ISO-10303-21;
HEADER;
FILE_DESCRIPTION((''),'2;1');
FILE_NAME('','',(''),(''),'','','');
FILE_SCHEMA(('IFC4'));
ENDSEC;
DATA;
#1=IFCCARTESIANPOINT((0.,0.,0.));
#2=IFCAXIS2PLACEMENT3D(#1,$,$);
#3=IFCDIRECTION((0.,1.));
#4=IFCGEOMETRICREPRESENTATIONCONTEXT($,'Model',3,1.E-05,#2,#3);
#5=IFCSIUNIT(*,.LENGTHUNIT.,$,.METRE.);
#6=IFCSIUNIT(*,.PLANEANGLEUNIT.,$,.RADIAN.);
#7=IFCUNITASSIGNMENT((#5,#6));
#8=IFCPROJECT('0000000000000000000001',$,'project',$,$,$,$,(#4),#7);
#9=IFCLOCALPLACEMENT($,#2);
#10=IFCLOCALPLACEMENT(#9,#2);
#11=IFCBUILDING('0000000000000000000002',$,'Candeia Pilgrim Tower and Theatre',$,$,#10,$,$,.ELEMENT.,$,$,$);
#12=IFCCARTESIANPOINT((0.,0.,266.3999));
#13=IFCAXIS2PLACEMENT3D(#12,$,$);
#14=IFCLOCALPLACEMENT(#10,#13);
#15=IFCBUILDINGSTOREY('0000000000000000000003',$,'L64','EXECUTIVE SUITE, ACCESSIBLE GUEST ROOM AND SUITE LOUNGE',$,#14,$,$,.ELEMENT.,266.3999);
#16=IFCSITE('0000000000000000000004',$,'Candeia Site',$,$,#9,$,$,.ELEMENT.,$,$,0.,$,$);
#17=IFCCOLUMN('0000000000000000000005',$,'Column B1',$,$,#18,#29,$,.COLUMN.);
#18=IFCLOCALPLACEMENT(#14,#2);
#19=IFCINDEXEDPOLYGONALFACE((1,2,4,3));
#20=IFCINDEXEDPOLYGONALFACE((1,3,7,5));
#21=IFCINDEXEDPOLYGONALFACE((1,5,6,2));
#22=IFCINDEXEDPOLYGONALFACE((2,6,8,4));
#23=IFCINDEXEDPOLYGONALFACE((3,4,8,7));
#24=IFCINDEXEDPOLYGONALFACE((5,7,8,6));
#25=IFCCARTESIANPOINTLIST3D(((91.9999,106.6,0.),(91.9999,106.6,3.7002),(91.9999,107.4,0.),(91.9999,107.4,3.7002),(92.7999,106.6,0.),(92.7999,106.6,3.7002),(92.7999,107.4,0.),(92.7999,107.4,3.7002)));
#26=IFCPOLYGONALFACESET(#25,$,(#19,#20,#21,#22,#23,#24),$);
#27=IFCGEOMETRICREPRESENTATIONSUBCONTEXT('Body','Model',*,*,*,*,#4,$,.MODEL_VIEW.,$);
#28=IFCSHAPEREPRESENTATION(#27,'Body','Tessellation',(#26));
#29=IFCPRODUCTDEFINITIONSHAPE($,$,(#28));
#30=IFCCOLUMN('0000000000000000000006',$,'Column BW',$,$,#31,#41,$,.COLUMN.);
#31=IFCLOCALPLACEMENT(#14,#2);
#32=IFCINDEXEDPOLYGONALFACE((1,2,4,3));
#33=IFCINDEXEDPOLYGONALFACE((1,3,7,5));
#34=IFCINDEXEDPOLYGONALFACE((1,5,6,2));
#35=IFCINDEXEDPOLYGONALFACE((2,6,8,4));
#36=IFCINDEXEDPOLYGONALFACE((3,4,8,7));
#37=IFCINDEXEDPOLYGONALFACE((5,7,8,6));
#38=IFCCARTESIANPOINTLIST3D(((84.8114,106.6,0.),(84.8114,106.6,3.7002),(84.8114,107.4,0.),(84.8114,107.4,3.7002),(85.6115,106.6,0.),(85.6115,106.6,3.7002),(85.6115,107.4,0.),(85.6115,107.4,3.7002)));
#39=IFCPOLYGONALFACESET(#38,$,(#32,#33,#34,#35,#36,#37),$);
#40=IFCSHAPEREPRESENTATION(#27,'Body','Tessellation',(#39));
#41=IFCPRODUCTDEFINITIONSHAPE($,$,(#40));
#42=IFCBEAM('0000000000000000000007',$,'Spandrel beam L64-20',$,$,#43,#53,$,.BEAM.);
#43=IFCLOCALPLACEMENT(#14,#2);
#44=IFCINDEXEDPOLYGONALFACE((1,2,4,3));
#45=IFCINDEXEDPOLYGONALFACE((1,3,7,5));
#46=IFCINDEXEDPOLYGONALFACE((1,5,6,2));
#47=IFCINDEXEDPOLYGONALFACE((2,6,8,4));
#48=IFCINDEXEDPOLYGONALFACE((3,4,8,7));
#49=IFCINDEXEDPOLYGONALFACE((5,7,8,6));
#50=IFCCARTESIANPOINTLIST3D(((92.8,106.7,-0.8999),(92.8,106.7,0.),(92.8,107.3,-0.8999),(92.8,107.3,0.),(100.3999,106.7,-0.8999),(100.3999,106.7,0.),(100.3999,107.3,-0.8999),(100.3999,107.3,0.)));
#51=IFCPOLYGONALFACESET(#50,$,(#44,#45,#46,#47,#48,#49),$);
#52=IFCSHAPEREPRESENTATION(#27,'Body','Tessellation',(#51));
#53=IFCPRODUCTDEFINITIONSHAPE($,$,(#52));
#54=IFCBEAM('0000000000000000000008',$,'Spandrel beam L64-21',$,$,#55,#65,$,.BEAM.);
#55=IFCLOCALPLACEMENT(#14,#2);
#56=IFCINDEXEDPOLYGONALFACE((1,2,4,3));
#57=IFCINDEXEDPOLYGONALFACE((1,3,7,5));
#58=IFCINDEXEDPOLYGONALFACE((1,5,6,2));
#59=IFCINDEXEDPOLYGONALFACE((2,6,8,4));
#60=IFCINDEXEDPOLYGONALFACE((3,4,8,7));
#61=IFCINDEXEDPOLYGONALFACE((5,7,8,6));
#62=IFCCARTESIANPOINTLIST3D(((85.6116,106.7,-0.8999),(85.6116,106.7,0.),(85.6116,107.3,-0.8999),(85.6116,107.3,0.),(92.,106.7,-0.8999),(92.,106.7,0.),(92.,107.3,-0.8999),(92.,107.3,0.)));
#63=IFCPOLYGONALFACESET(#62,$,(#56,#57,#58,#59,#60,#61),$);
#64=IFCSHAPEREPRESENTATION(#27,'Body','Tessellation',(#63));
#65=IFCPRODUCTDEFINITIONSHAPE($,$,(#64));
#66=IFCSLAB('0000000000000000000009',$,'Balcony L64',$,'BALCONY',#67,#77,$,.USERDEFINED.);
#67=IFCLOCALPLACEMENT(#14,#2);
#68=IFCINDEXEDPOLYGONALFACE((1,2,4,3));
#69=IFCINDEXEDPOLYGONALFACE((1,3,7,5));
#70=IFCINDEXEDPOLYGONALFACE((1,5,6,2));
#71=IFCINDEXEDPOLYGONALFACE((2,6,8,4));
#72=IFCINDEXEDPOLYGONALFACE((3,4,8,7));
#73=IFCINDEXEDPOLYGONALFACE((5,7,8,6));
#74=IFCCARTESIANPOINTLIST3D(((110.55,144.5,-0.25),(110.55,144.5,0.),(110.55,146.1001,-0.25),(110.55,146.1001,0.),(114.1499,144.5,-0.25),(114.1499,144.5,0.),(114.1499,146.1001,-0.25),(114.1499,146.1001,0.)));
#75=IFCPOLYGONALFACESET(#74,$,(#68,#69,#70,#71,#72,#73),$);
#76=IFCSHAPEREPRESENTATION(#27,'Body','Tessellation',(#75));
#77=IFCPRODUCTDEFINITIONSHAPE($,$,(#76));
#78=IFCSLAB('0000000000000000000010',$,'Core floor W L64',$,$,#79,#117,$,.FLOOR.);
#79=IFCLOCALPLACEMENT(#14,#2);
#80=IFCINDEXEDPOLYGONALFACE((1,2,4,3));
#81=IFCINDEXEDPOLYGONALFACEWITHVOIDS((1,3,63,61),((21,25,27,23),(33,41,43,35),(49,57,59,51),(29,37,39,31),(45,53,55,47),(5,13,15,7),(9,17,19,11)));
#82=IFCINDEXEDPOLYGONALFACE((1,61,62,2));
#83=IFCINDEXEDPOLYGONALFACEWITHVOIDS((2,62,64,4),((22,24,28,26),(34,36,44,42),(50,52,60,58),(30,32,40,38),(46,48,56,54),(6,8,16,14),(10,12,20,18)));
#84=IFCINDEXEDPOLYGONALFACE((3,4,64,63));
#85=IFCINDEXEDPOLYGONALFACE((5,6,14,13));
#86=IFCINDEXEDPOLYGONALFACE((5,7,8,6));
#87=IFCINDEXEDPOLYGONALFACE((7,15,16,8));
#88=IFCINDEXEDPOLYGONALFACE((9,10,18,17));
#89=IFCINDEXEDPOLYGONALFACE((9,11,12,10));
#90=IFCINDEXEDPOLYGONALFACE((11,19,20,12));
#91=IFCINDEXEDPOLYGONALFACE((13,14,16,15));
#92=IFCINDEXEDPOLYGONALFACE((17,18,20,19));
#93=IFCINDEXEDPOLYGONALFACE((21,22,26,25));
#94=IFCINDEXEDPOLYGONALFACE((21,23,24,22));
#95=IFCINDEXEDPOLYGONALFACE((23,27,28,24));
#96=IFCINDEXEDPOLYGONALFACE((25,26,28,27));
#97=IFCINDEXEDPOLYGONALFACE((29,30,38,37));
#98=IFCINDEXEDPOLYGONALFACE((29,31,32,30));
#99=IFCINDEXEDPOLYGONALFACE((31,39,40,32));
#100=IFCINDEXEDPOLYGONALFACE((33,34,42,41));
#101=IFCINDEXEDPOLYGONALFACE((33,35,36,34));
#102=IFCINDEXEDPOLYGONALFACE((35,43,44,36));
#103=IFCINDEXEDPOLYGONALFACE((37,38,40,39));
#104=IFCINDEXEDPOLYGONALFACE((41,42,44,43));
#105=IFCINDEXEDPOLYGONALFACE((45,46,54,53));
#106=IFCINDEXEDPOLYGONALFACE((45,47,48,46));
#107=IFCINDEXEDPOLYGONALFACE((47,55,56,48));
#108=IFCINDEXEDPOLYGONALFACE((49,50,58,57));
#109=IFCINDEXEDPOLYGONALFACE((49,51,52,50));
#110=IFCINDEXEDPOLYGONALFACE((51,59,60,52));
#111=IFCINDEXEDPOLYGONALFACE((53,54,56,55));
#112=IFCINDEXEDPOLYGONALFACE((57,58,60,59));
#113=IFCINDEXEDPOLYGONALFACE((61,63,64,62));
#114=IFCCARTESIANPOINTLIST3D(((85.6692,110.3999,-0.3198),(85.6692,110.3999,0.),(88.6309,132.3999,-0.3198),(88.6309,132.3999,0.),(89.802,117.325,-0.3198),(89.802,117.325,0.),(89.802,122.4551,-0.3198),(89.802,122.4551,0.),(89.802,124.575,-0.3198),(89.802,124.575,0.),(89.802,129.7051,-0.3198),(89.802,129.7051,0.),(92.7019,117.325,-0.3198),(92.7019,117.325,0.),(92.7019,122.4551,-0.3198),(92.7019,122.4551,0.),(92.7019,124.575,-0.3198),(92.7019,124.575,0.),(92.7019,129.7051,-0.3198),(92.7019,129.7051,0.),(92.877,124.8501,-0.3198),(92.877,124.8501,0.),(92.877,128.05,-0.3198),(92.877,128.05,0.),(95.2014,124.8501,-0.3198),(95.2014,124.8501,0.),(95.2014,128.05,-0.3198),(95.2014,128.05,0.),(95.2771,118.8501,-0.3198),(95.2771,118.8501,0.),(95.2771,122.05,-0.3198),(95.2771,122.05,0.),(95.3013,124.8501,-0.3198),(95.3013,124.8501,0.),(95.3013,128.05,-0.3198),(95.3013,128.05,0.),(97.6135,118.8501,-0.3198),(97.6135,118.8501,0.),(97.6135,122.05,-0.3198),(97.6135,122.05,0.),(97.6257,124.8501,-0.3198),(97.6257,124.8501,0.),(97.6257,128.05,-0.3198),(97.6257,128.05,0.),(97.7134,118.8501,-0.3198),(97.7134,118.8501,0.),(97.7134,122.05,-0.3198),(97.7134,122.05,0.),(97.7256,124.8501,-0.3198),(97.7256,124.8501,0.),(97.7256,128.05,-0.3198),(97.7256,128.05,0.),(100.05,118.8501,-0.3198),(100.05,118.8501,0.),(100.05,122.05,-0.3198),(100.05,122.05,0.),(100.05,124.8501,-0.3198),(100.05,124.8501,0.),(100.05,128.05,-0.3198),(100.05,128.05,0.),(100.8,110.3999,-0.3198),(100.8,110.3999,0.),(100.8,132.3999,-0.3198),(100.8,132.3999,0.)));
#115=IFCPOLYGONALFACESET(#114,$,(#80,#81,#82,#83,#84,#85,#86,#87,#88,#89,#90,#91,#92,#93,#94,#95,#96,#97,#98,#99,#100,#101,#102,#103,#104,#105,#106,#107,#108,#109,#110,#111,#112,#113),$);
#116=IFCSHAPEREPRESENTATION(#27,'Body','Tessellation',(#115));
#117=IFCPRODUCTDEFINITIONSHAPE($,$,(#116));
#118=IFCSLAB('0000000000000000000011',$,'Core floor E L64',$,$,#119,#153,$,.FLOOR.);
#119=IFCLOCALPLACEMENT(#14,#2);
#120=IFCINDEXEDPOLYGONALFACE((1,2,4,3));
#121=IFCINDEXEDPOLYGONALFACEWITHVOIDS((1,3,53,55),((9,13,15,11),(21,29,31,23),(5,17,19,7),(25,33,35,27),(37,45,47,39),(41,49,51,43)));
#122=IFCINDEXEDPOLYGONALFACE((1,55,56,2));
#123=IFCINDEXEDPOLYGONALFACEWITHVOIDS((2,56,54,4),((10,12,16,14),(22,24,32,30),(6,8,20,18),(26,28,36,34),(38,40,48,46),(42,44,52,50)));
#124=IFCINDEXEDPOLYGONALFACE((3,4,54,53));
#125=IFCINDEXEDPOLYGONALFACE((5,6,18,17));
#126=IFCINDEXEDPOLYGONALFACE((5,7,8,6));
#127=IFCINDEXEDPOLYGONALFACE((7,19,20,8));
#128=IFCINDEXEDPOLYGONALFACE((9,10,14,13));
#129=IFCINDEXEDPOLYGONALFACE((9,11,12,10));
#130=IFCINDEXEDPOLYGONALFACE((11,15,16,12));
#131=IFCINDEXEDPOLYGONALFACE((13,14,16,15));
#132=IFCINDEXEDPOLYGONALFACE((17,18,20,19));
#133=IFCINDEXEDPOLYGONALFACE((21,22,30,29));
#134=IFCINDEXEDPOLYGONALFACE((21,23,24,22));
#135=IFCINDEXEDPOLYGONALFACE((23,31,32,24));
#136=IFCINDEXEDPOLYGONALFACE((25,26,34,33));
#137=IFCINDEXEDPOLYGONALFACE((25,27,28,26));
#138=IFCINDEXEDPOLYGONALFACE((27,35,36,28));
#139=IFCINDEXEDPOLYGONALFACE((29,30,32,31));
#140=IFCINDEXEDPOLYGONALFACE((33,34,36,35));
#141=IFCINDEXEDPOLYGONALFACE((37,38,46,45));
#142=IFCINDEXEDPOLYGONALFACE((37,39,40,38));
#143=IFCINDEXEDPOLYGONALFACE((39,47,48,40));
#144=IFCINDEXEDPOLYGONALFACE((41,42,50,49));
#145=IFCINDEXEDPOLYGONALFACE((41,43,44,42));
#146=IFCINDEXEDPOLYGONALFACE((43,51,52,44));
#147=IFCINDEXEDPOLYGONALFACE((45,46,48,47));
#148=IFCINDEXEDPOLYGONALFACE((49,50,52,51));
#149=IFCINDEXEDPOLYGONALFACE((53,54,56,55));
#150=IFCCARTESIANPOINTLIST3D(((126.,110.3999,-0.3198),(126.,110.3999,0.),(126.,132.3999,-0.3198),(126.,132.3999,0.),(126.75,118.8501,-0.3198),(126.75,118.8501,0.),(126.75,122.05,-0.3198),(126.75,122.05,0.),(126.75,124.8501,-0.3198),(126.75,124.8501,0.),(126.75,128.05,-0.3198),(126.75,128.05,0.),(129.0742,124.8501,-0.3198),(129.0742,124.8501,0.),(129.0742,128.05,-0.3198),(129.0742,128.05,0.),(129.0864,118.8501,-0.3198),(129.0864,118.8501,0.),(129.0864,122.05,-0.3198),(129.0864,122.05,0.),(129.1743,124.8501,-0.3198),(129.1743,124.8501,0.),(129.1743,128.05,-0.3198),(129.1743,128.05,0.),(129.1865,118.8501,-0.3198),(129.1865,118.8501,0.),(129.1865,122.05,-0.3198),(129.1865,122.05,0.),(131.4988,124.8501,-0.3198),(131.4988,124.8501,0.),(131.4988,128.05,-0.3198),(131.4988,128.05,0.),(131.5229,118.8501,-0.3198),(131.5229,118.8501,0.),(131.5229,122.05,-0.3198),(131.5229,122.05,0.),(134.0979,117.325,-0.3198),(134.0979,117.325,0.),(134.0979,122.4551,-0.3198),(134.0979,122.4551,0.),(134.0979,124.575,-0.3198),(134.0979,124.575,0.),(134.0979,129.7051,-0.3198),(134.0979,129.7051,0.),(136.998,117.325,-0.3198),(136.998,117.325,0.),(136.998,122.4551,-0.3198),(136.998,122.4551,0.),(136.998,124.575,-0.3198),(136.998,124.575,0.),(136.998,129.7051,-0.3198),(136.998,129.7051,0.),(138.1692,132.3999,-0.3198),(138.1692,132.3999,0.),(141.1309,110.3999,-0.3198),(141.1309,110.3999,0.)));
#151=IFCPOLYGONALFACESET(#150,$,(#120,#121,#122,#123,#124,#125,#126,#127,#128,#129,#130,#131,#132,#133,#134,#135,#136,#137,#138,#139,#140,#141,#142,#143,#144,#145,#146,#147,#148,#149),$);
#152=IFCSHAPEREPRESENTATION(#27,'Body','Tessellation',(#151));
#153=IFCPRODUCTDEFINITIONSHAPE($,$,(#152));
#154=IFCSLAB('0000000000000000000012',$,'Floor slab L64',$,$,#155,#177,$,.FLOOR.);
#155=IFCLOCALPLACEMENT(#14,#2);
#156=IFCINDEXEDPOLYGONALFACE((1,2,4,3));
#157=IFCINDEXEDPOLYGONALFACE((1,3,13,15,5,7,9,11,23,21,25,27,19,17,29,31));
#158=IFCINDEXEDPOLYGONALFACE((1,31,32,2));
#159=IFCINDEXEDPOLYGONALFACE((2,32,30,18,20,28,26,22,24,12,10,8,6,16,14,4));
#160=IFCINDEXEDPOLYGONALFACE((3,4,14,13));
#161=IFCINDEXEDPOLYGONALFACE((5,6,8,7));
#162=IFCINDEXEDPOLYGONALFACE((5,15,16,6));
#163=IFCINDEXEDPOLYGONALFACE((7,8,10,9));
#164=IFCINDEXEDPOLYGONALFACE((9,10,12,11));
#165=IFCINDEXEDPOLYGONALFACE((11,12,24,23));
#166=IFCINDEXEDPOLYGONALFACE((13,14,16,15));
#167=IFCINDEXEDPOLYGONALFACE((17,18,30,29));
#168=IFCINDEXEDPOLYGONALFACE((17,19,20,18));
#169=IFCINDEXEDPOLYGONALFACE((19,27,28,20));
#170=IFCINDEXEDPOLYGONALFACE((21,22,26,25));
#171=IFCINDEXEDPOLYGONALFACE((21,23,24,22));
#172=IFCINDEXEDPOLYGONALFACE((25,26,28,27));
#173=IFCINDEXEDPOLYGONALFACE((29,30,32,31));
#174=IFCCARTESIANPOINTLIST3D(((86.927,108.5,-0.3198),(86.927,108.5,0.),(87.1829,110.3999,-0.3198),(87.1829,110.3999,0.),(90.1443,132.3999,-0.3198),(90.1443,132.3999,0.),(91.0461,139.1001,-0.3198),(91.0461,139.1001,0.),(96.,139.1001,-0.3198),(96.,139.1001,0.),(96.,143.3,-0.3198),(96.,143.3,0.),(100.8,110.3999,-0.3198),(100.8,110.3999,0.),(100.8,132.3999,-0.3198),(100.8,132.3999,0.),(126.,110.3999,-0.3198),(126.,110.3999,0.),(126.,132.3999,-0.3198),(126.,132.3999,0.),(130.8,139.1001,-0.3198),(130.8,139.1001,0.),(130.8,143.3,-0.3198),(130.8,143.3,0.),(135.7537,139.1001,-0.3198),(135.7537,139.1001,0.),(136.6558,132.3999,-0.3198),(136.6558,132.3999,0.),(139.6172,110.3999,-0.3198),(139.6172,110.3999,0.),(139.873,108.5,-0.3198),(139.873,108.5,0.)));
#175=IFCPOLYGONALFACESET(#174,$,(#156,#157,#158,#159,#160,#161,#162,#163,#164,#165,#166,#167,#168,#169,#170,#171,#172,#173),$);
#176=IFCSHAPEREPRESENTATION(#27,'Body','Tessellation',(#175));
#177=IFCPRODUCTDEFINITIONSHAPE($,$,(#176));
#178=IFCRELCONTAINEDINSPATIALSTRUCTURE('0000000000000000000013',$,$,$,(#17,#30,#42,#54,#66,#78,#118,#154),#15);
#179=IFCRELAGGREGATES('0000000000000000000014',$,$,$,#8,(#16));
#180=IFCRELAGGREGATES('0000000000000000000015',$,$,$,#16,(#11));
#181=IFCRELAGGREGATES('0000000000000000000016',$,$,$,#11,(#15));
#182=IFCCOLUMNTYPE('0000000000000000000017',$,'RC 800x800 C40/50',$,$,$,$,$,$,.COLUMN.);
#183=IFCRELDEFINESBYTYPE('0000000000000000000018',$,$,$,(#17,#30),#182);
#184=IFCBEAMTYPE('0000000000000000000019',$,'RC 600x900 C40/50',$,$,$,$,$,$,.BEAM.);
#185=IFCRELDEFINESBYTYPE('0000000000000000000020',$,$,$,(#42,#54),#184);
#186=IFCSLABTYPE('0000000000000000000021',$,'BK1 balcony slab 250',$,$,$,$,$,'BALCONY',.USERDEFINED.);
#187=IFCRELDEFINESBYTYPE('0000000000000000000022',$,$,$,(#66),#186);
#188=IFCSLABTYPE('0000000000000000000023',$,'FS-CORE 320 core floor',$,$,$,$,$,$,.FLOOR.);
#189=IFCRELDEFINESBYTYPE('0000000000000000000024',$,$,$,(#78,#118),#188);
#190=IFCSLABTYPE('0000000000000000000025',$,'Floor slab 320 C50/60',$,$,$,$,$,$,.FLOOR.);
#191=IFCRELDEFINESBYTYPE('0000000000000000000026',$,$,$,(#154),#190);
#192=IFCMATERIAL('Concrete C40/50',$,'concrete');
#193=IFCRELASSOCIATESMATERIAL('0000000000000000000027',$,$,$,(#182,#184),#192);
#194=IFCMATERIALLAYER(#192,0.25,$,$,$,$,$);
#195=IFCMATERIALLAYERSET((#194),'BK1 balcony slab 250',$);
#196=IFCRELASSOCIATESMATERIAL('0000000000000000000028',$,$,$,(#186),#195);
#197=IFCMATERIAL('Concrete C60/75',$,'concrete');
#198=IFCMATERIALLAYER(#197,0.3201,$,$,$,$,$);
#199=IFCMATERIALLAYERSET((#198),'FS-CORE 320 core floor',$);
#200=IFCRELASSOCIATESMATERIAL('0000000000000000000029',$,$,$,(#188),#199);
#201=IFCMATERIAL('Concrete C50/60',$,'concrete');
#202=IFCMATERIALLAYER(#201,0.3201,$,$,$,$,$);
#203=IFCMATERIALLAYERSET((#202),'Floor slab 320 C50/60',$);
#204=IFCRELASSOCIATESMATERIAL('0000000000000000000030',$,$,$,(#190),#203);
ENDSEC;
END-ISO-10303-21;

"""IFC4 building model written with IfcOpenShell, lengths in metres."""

from ifc_helpers import new_model, si_unit, direction, frame, origin, origin_2d, place, context, subcontext, project, spatial, polyline, rectangle, outline, extrude, material, layer, layer_set, material_profile, profile_set, type_object, element, save


model = new_model("IFC4")

# Units and contexts
model_context = context("Model", 3, precision=1e-05, world=origin(), true_north=direction((0.0, 1.0)))
body_context = subcontext(model_context, "Body", "Model", "MODEL_VIEW")
ifc_project = project(units=[si_unit("LENGTHUNIT", "METRE"), si_unit("PLANEANGLEUNIT", "RADIAN")], contexts=[model_context])

# Site, building, storey
site_placement = place(None, origin())
site = spatial("IfcSite", under=ifc_project, at=site_placement, Name="Candeia Site", CompositionType="ELEMENT", RefElevation=0.0)
building_placement = place(site_placement, origin())
building = spatial("IfcBuilding", under=site, at=building_placement, Name="Candeia Pilgrim Tower and Theatre", CompositionType="ELEMENT")
storey_placement = place(building_placement, frame((0.0, 0.0, 266.3999)))
storey = spatial("IfcBuildingStorey", under=building, at=storey_placement, Name="L64", Description="EXECUTIVE SUITE, ACCESSIBLE GUEST ROOM AND SUITE LOUNGE", CompositionType="ELEMENT", Elevation=266.3999)

# Columns
ifc_material_1 = material(Name="Concrete C40/50", Category="concrete")
ifc_material_profile_1 = material_profile(ifc_material_1, rectangle(XDim=0.8, YDim=0.8, at=origin_2d()))
ifc_profile_set_1 = profile_set([ifc_material_profile_1], Name="Concrete C40/50")
column_type = type_object("IfcColumnType", Name="RC 800x800 C40/50", PredefinedType="COLUMN", material=ifc_profile_set_1)
for number, where, z_axis, x_axis, name in (
    (1, (92.3999, 107.0, 0.0), (0.0, 0.0, 1.0), (1.0, 0.0, 0.0), "Column B1"),
    (2, (85.2114, 107.0, 0.0), (0.0, 0.0, 1.0), (1.0, 0.0, 0.0), "Column BW"),
):
    element("IfcColumn", number, at=place(storey_placement, frame(where, z_axis=z_axis, x_axis=x_axis)), inside=storey, type_object=column_type, Name=name, PredefinedType="COLUMN", context=body_context, shape_type="SweptSolid", body=[
        extrude(rectangle(XDim=0.8, YDim=0.8, at=origin_2d()), origin(), (0.0, 0.0, 1.0), 3.7002),
    ])

# Beams
ifc_material_profile_2 = material_profile(ifc_material_1, rectangle(XDim=0.6001, YDim=0.8999, at=origin_2d()))
ifc_profile_set_2 = profile_set([ifc_material_profile_2], Name="Concrete C40/50")
beam_type = type_object("IfcBeamType", Name="RC 600x900 C40/50", PredefinedType="BEAM", material=ifc_profile_set_2)
beam_1_placement = place(storey_placement, frame((100.3999, 107.0, -0.45), z_axis=(-1.0, 0.0, 0.0), x_axis=(0.0, -1.0, 0.0)))
element("IfcBeam", 3, at=beam_1_placement, inside=storey, type_object=beam_type, Name="Spandrel beam L64-20", PredefinedType="BEAM", context=body_context, shape_type="SweptSolid", body=[
    extrude(rectangle(XDim=0.6001, YDim=0.8999, at=origin_2d()), origin(), (0.0, 0.0, 1.0), 7.5999),
])
beam_2_placement = place(storey_placement, frame((92.0, 107.0, -0.45), z_axis=(-1.0, 0.0, 0.0), x_axis=(0.0, -1.0, 0.0)))
element("IfcBeam", 4, at=beam_2_placement, inside=storey, type_object=beam_type, Name="Spandrel beam L64-21", PredefinedType="BEAM", context=body_context, shape_type="SweptSolid", body=[
    extrude(rectangle(XDim=0.6001, YDim=0.8999, at=origin_2d()), origin(), (0.0, 0.0, 1.0), 6.3884),
])

# Slabs
ifc_layer_1 = layer(ifc_material_1, 0.25)
ifc_layer_set_1 = layer_set([ifc_layer_1], Name="BK1 balcony slab 250")
slab_type_1 = type_object("IfcSlabType", Name="BK1 balcony slab 250", ElementType="BALCONY", PredefinedType="USERDEFINED", material=ifc_layer_set_1)
slab_1_placement = place(storey_placement, frame((0.0, 0.0, -0.25)))
element("IfcSlab", 5, at=slab_1_placement, inside=storey, type_object=slab_type_1, Name="Balcony L64", ObjectType="BALCONY", PredefinedType="USERDEFINED", context=body_context, shape_type="SweptSolid", body=[
    extrude(outline(polyline([(110.55, 144.5), (114.1499, 144.5), (114.1499, 146.1001), (110.55, 146.1001), (110.55, 144.5)])), origin(), (0.0, 0.0, 1.0), 0.25),
])
ifc_material_2 = material(Name="Concrete C60/75", Category="concrete")
ifc_layer_2 = layer(ifc_material_2, 0.3201)
ifc_layer_set_2 = layer_set([ifc_layer_2], Name="FS-CORE 320 core floor")
slab_type_2 = type_object("IfcSlabType", Name="FS-CORE 320 core floor", PredefinedType="FLOOR", material=ifc_layer_set_2)
slab_2_placement = place(storey_placement, frame((0.0, 0.0, -0.3198)))
element("IfcSlab", 6, at=slab_2_placement, inside=storey, type_object=slab_type_2, Name="Core floor W L64", PredefinedType="FLOOR", context=body_context, shape_type="SweptSolid", body=[
    extrude(outline(polyline([(100.8, 132.3999), (100.8, 110.3999), (85.6692, 110.3999), (88.6309, 132.3999), (100.8, 132.3999)]), holes=[polyline([(97.7134, 122.05), (97.7134, 118.8501), (100.05, 118.8501), (100.05, 122.05), (97.7134, 122.05)]), polyline([(97.7256, 128.05), (97.7256, 124.8501), (100.05, 124.8501), (100.05, 128.05), (97.7256, 128.05)]), polyline([(95.3013, 128.05), (95.3013, 124.8501), (97.6257, 124.8501), (97.6257, 128.05), (95.3013, 128.05)]), polyline([(95.2771, 122.05), (95.2771, 118.8501), (97.6135, 118.8501), (97.6135, 122.05), (95.2771, 122.05)]), polyline([(92.877, 128.05), (92.877, 124.8501), (95.2014, 124.8501), (95.2014, 128.05), (92.877, 128.05)]), polyline([(89.802, 117.325), (92.7019, 117.325), (92.7019, 122.4551), (89.802, 122.4551), (89.802, 117.325)]), polyline([(89.802, 129.7051), (89.802, 124.575), (92.7019, 124.575), (92.7019, 129.7051), (89.802, 129.7051)])]), origin(), (0.0, 0.0, 1.0), 0.3198),
])
slab_3_placement = place(storey_placement, frame((0.0, 0.0, -0.3198)))
element("IfcSlab", 7, at=slab_3_placement, inside=storey, type_object=slab_type_2, Name="Core floor E L64", PredefinedType="FLOOR", context=body_context, shape_type="SweptSolid", body=[
    extrude(outline(polyline([(138.1692, 132.3999), (141.1309, 110.3999), (126.0, 110.3999), (126.0, 132.3999), (138.1692, 132.3999)]), holes=[polyline([(134.0979, 117.325), (136.998, 117.325), (136.998, 122.4551), (134.0979, 122.4551), (134.0979, 117.325)]), polyline([(134.0979, 129.7051), (134.0979, 124.575), (136.998, 124.575), (136.998, 129.7051), (134.0979, 129.7051)]), polyline([(131.5229, 122.05), (129.1865, 122.05), (129.1865, 118.8501), (131.5229, 118.8501), (131.5229, 122.05)]), polyline([(131.4988, 128.05), (129.1743, 128.05), (129.1743, 124.8501), (131.4988, 124.8501), (131.4988, 128.05)]), polyline([(129.0864, 122.05), (126.75, 122.05), (126.75, 118.8501), (129.0864, 118.8501), (129.0864, 122.05)]), polyline([(126.75, 128.05), (126.75, 124.8501), (129.0742, 124.8501), (129.0742, 128.05), (126.75, 128.05)])]), origin(), (0.0, 0.0, 1.0), 0.3198),
])
ifc_material_3 = material(Name="Concrete C50/60", Category="concrete")
ifc_layer_3 = layer(ifc_material_3, 0.3201)
ifc_layer_set_3 = layer_set([ifc_layer_3], Name="Floor slab 320 C50/60")
slab_type_3 = type_object("IfcSlabType", Name="Floor slab 320 C50/60", PredefinedType="FLOOR", material=ifc_layer_set_3)
slab_4_placement = place(storey_placement, frame((0.0, 0.0, -0.3198)))
element("IfcSlab", 8, at=slab_4_placement, inside=storey, type_object=slab_type_3, Name="Floor slab L64", PredefinedType="FLOOR", context=body_context, shape_type="SweptSolid", body=[
    extrude(outline(polyline([(96.0, 139.1001), (96.0, 143.3), (130.8, 143.3), (130.8, 139.1001), (135.7537, 139.1001), (136.6558, 132.3999), (126.0, 132.3999), (126.0, 110.3999), (139.6172, 110.3999), (139.873, 108.5), (86.927, 108.5), (87.1829, 110.3999), (100.8, 110.3999), (100.8, 132.3999), (90.1443, 132.3999), (91.0461, 139.1001), (96.0, 139.1001)])), origin(), (0.0, 0.0, 1.0), 0.3198),
])

save(model, "model.ifc")
